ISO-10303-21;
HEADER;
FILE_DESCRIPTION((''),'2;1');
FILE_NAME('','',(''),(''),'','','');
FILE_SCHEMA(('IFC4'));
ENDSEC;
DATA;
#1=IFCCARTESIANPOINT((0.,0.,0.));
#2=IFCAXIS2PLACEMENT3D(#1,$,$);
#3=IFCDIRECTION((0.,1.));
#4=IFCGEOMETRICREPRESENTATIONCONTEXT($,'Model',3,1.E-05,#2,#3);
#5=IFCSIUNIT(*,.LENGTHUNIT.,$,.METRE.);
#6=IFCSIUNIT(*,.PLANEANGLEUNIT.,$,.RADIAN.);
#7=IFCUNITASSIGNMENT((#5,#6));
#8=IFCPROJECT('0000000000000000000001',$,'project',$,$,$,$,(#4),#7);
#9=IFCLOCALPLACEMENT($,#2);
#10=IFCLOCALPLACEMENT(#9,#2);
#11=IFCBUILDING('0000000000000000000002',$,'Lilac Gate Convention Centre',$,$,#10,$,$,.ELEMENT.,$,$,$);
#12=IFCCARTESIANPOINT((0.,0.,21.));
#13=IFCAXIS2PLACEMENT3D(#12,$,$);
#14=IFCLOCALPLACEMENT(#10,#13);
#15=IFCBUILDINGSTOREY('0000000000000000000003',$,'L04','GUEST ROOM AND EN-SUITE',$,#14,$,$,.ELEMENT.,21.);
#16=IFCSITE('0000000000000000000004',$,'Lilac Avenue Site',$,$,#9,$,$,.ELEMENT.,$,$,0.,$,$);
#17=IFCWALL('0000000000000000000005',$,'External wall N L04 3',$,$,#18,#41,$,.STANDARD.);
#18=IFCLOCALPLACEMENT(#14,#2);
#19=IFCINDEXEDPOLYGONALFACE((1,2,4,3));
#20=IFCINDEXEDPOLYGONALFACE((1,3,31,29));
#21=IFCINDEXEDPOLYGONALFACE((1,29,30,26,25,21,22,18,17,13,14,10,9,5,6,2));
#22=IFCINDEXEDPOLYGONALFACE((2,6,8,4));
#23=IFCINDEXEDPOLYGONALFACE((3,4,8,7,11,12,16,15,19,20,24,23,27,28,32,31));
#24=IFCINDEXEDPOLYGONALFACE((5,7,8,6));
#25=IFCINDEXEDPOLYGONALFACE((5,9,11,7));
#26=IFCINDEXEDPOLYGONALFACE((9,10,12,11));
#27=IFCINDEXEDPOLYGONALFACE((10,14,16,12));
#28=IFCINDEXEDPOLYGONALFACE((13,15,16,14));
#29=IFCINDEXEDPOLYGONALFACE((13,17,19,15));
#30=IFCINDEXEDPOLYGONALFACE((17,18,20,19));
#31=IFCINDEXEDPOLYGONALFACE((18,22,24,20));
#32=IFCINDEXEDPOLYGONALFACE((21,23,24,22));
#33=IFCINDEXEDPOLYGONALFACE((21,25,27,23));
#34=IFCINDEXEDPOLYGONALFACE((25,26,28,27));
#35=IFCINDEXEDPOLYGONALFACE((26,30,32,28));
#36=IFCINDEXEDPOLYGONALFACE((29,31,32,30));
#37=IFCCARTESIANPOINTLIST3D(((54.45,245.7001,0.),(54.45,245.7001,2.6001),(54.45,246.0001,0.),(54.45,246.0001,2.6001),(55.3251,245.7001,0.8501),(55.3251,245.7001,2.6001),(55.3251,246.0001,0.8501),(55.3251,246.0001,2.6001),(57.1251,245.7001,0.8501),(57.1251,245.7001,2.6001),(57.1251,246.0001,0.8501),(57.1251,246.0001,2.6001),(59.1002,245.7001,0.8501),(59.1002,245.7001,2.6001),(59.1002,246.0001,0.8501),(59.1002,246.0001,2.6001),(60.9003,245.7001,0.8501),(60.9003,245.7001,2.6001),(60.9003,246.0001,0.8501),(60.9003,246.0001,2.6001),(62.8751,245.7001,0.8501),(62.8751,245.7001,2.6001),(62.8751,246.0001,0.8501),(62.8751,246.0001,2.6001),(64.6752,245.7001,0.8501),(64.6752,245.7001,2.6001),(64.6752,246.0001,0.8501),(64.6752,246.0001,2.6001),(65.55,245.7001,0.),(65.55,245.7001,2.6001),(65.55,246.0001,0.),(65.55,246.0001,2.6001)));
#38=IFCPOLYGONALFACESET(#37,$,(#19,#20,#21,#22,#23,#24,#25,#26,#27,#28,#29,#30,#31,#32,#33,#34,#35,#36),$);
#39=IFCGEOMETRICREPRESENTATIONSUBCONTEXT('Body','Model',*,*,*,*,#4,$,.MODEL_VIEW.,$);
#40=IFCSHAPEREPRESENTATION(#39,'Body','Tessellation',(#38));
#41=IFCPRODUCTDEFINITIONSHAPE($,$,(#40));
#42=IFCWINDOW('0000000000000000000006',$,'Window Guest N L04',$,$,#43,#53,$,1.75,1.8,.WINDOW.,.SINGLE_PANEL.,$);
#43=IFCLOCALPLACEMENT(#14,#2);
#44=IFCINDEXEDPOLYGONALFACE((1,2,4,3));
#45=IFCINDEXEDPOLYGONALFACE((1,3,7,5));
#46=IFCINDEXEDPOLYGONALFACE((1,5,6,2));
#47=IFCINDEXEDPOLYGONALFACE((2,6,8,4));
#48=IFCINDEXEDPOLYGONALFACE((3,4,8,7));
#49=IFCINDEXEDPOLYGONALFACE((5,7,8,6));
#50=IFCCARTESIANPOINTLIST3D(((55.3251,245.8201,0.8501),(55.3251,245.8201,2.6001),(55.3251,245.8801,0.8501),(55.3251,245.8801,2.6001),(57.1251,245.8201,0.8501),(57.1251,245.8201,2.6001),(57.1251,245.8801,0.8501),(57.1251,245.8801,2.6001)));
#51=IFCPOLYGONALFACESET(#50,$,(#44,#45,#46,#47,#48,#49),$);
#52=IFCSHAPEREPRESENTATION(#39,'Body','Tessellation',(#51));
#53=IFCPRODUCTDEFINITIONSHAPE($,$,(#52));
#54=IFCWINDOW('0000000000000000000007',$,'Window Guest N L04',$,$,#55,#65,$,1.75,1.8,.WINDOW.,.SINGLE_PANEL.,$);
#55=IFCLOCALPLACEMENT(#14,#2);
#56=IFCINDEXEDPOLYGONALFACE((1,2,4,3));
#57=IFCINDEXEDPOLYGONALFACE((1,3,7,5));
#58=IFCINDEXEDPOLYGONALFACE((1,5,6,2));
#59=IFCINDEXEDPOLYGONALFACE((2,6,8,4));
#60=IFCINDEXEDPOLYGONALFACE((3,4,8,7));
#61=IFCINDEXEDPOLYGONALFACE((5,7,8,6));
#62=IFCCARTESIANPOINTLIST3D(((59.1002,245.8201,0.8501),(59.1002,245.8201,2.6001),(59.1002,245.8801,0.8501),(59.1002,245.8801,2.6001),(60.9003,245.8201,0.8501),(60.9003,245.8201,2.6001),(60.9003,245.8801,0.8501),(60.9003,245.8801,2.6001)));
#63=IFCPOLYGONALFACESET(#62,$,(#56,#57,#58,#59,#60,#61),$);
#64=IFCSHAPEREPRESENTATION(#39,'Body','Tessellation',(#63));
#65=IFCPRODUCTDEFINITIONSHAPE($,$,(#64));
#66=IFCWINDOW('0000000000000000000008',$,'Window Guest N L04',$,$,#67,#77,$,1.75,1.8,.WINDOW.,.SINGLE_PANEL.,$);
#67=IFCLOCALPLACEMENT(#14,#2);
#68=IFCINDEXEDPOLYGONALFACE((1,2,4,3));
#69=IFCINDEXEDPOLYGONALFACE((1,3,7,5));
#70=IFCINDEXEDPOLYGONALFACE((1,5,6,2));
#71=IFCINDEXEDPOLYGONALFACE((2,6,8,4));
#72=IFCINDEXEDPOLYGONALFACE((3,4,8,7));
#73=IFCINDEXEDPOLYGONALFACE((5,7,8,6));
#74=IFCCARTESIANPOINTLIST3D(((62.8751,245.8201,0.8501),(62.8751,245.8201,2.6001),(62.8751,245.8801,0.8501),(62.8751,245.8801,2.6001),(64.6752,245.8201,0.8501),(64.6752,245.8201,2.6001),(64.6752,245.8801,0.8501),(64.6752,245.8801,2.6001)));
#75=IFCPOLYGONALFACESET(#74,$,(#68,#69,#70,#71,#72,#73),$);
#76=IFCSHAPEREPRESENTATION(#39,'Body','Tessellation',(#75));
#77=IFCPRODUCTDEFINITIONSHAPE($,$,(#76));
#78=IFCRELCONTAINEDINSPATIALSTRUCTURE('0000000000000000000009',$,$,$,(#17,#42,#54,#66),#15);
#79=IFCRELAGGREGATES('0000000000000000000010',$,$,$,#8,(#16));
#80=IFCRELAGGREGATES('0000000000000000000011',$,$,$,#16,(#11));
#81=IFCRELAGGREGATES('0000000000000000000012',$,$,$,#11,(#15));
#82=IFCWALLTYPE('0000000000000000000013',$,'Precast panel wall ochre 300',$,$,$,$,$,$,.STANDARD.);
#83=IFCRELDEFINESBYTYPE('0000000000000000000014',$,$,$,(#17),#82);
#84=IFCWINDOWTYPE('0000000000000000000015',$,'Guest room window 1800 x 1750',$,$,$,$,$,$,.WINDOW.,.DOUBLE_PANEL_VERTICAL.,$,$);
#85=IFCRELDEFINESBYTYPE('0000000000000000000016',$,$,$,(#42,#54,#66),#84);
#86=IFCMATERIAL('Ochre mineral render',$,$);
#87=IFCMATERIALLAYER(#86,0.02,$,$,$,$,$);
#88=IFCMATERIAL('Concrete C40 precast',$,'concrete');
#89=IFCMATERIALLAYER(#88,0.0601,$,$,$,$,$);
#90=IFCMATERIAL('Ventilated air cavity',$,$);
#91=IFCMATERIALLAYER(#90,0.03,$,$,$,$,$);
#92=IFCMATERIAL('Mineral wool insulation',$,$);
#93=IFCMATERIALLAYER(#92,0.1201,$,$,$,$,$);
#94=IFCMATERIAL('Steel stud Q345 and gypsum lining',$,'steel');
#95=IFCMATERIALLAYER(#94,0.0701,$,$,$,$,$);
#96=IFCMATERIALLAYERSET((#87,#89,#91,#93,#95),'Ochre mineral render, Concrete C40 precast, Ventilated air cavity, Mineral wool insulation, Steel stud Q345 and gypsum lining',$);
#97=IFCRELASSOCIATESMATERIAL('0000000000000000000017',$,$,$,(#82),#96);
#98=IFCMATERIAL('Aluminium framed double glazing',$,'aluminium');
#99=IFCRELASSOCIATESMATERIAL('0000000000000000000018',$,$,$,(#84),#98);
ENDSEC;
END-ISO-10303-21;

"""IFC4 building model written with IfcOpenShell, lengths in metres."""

from ifc_helpers import new_model, si_unit, direction, frame, frame_2d, origin, place, context, subcontext, project, spatial, rectangle, extrude, material, layer, layer_set, type_object, element, fill, save


model = new_model("IFC4")

# Units and contexts
model_context = context("Model", 3, precision=1e-05, world=origin(), true_north=direction((0.0, 1.0)))
body_context = subcontext(model_context, "Body", "Model", "MODEL_VIEW")
ifc_project = project(units=[si_unit("LENGTHUNIT", "METRE"), si_unit("PLANEANGLEUNIT", "RADIAN")], contexts=[model_context])

# Site, building, storey
site_placement = place(None, origin())
site = spatial("IfcSite", under=ifc_project, at=site_placement, Name="Lilac Avenue Site", CompositionType="ELEMENT", RefElevation=0.0)
building_placement = place(site_placement, origin())
building = spatial("IfcBuilding", under=site, at=building_placement, Name="Lilac Gate Convention Centre", CompositionType="ELEMENT")
storey_placement = place(building_placement, frame((0.0, 0.0, 21.0)))
storey = spatial("IfcBuildingStorey", under=building, at=storey_placement, Name="L04", Description="GUEST ROOM AND EN-SUITE", CompositionType="ELEMENT", Elevation=21.0)

# Shared definitions
ifc_material_1 = material(Name="Concrete C40 precast", Category="concrete")
ifc_material_2 = material(Name="Ochre mineral render")

# Wall, openings, windows
ifc_layer_1 = layer(ifc_material_2, 0.02)
ifc_layer_2 = layer(ifc_material_1, 0.0601)
ifc_material_3 = material(Name="Ventilated air cavity")
ifc_layer_3 = layer(ifc_material_3, 0.03)
ifc_material_4 = material(Name="Mineral wool insulation")
ifc_layer_4 = layer(ifc_material_4, 0.1201)
ifc_material_5 = material(Name="Steel stud Q345 and gypsum lining", Category="steel")
ifc_layer_5 = layer(ifc_material_5, 0.0701)
ifc_layer_set_1 = layer_set([ifc_layer_1, ifc_layer_2, ifc_layer_3, ifc_layer_4, ifc_layer_5], Name="Ochre mineral render, Concrete C40 precast, Ventilated air cavity, Mineral wool insulation, Steel stud Q345 and gypsum lining")
wall_type_1 = type_object("IfcWallType", Name="Precast panel wall ochre 300", PredefinedType="STANDARD", material=ifc_layer_set_1)
wall_1_placement = place(storey_placement, frame((65.55, 245.8501, 0.0), z_axis=(0.0, 0.0, 1.0), x_axis=(-1.0, 0.0, 0.0)))
wall_1 = element("IfcWall", 1, at=wall_1_placement, inside=storey, type_object=wall_type_1, Name="External wall N L04 3", PredefinedType="STANDARD", context=body_context, shape_type="SweptSolid", body=[
    extrude(rectangle(XDim=11.1001, YDim=0.3, at=frame_2d((5.55, 0.0))), origin(), (0.0, 0.0, 1.0), 2.6001),
])
opening_1_placement = place(wall_1_placement, frame((8.425, 0.0, 0.8501)))
opening_1 = element("IfcOpeningElement", 2, at=opening_1_placement, cuts=wall_1, PredefinedType="OPENING", context=body_context, shape_type="SweptSolid", body=[
    extrude(rectangle(XDim=1.8, YDim=1.75, at=frame_2d((0.8999, 0.875))), frame((0.0, 0.1599, 0.0), z_axis=(0.0, -1.0, 0.0), x_axis=(1.0, 0.0, 0.0)), (0.0, 0.0, 1.0), 0.3201),
])
opening_2_placement = place(wall_1_placement, frame((4.6499, 0.0, 0.8501)))
opening_2 = element("IfcOpeningElement", 3, at=opening_2_placement, cuts=wall_1, PredefinedType="OPENING", context=body_context, shape_type="SweptSolid", body=[
    extrude(rectangle(XDim=1.8, YDim=1.75, at=frame_2d((0.8999, 0.875))), frame((0.0, 0.1599, 0.0), z_axis=(0.0, -1.0, 0.0), x_axis=(1.0, 0.0, 0.0)), (0.0, 0.0, 1.0), 0.3201),
])
opening_3_placement = place(wall_1_placement, frame((0.875, 0.0, 0.8501)))
opening_3 = element("IfcOpeningElement", 4, at=opening_3_placement, cuts=wall_1, PredefinedType="OPENING", context=body_context, shape_type="SweptSolid", body=[
    extrude(rectangle(XDim=1.8, YDim=1.75, at=frame_2d((0.8999, 0.875))), frame((0.0, 0.1599, 0.0), z_axis=(0.0, -1.0, 0.0), x_axis=(1.0, 0.0, 0.0)), (0.0, 0.0, 1.0), 0.3201),
])
ifc_material_6 = material(Name="Aluminium framed double glazing", Category="aluminium")
window_type = type_object("IfcWindowType", Name="Guest room window 1800 x 1750", PartitioningType="DOUBLE_PANEL_VERTICAL", PredefinedType="WINDOW", material=ifc_material_6)
window_1_placement = place(opening_1_placement, origin())
window_1 = element("IfcWindow", 5, at=window_1_placement, inside=storey, type_object=window_type, Name="Window Guest N L04", OverallHeight=1.75, OverallWidth=1.8, PartitioningType="SINGLE_PANEL", PredefinedType="WINDOW", context=body_context, shape_type="SweptSolid", body=[
    extrude(rectangle(XDim=1.8, YDim=1.75, at=frame_2d((0.8999, 0.875))), frame((0.0, 0.03, 0.0), z_axis=(0.0, -1.0, 0.0), x_axis=(1.0, 0.0, 0.0)), (0.0, 0.0, 1.0), 0.0601),
])
fill(opening_1, window_1)
window_2_placement = place(opening_2_placement, origin())
window_2 = element("IfcWindow", 6, at=window_2_placement, inside=storey, type_object=window_type, Name="Window Guest N L04", OverallHeight=1.75, OverallWidth=1.8, PartitioningType="SINGLE_PANEL", PredefinedType="WINDOW", context=body_context, shape_type="SweptSolid", body=[
    extrude(rectangle(XDim=1.8, YDim=1.75, at=frame_2d((0.8999, 0.875))), frame((0.0, 0.03, 0.0), z_axis=(0.0, -1.0, 0.0), x_axis=(1.0, 0.0, 0.0)), (0.0, 0.0, 1.0), 0.0601),
])
fill(opening_2, window_2)
window_3_placement = place(opening_3_placement, origin())
window_3 = element("IfcWindow", 7, at=window_3_placement, inside=storey, type_object=window_type, Name="Window Guest N L04", OverallHeight=1.75, OverallWidth=1.8, PartitioningType="SINGLE_PANEL", PredefinedType="WINDOW", context=body_context, shape_type="SweptSolid", body=[
    extrude(rectangle(XDim=1.8, YDim=1.75, at=frame_2d((0.8999, 0.875))), frame((0.0, 0.03, 0.0), z_axis=(0.0, -1.0, 0.0), x_axis=(1.0, 0.0, 0.0)), (0.0, 0.0, 1.0), 0.0601),
])
fill(opening_3, window_3)

save(model, "model.ifc")
